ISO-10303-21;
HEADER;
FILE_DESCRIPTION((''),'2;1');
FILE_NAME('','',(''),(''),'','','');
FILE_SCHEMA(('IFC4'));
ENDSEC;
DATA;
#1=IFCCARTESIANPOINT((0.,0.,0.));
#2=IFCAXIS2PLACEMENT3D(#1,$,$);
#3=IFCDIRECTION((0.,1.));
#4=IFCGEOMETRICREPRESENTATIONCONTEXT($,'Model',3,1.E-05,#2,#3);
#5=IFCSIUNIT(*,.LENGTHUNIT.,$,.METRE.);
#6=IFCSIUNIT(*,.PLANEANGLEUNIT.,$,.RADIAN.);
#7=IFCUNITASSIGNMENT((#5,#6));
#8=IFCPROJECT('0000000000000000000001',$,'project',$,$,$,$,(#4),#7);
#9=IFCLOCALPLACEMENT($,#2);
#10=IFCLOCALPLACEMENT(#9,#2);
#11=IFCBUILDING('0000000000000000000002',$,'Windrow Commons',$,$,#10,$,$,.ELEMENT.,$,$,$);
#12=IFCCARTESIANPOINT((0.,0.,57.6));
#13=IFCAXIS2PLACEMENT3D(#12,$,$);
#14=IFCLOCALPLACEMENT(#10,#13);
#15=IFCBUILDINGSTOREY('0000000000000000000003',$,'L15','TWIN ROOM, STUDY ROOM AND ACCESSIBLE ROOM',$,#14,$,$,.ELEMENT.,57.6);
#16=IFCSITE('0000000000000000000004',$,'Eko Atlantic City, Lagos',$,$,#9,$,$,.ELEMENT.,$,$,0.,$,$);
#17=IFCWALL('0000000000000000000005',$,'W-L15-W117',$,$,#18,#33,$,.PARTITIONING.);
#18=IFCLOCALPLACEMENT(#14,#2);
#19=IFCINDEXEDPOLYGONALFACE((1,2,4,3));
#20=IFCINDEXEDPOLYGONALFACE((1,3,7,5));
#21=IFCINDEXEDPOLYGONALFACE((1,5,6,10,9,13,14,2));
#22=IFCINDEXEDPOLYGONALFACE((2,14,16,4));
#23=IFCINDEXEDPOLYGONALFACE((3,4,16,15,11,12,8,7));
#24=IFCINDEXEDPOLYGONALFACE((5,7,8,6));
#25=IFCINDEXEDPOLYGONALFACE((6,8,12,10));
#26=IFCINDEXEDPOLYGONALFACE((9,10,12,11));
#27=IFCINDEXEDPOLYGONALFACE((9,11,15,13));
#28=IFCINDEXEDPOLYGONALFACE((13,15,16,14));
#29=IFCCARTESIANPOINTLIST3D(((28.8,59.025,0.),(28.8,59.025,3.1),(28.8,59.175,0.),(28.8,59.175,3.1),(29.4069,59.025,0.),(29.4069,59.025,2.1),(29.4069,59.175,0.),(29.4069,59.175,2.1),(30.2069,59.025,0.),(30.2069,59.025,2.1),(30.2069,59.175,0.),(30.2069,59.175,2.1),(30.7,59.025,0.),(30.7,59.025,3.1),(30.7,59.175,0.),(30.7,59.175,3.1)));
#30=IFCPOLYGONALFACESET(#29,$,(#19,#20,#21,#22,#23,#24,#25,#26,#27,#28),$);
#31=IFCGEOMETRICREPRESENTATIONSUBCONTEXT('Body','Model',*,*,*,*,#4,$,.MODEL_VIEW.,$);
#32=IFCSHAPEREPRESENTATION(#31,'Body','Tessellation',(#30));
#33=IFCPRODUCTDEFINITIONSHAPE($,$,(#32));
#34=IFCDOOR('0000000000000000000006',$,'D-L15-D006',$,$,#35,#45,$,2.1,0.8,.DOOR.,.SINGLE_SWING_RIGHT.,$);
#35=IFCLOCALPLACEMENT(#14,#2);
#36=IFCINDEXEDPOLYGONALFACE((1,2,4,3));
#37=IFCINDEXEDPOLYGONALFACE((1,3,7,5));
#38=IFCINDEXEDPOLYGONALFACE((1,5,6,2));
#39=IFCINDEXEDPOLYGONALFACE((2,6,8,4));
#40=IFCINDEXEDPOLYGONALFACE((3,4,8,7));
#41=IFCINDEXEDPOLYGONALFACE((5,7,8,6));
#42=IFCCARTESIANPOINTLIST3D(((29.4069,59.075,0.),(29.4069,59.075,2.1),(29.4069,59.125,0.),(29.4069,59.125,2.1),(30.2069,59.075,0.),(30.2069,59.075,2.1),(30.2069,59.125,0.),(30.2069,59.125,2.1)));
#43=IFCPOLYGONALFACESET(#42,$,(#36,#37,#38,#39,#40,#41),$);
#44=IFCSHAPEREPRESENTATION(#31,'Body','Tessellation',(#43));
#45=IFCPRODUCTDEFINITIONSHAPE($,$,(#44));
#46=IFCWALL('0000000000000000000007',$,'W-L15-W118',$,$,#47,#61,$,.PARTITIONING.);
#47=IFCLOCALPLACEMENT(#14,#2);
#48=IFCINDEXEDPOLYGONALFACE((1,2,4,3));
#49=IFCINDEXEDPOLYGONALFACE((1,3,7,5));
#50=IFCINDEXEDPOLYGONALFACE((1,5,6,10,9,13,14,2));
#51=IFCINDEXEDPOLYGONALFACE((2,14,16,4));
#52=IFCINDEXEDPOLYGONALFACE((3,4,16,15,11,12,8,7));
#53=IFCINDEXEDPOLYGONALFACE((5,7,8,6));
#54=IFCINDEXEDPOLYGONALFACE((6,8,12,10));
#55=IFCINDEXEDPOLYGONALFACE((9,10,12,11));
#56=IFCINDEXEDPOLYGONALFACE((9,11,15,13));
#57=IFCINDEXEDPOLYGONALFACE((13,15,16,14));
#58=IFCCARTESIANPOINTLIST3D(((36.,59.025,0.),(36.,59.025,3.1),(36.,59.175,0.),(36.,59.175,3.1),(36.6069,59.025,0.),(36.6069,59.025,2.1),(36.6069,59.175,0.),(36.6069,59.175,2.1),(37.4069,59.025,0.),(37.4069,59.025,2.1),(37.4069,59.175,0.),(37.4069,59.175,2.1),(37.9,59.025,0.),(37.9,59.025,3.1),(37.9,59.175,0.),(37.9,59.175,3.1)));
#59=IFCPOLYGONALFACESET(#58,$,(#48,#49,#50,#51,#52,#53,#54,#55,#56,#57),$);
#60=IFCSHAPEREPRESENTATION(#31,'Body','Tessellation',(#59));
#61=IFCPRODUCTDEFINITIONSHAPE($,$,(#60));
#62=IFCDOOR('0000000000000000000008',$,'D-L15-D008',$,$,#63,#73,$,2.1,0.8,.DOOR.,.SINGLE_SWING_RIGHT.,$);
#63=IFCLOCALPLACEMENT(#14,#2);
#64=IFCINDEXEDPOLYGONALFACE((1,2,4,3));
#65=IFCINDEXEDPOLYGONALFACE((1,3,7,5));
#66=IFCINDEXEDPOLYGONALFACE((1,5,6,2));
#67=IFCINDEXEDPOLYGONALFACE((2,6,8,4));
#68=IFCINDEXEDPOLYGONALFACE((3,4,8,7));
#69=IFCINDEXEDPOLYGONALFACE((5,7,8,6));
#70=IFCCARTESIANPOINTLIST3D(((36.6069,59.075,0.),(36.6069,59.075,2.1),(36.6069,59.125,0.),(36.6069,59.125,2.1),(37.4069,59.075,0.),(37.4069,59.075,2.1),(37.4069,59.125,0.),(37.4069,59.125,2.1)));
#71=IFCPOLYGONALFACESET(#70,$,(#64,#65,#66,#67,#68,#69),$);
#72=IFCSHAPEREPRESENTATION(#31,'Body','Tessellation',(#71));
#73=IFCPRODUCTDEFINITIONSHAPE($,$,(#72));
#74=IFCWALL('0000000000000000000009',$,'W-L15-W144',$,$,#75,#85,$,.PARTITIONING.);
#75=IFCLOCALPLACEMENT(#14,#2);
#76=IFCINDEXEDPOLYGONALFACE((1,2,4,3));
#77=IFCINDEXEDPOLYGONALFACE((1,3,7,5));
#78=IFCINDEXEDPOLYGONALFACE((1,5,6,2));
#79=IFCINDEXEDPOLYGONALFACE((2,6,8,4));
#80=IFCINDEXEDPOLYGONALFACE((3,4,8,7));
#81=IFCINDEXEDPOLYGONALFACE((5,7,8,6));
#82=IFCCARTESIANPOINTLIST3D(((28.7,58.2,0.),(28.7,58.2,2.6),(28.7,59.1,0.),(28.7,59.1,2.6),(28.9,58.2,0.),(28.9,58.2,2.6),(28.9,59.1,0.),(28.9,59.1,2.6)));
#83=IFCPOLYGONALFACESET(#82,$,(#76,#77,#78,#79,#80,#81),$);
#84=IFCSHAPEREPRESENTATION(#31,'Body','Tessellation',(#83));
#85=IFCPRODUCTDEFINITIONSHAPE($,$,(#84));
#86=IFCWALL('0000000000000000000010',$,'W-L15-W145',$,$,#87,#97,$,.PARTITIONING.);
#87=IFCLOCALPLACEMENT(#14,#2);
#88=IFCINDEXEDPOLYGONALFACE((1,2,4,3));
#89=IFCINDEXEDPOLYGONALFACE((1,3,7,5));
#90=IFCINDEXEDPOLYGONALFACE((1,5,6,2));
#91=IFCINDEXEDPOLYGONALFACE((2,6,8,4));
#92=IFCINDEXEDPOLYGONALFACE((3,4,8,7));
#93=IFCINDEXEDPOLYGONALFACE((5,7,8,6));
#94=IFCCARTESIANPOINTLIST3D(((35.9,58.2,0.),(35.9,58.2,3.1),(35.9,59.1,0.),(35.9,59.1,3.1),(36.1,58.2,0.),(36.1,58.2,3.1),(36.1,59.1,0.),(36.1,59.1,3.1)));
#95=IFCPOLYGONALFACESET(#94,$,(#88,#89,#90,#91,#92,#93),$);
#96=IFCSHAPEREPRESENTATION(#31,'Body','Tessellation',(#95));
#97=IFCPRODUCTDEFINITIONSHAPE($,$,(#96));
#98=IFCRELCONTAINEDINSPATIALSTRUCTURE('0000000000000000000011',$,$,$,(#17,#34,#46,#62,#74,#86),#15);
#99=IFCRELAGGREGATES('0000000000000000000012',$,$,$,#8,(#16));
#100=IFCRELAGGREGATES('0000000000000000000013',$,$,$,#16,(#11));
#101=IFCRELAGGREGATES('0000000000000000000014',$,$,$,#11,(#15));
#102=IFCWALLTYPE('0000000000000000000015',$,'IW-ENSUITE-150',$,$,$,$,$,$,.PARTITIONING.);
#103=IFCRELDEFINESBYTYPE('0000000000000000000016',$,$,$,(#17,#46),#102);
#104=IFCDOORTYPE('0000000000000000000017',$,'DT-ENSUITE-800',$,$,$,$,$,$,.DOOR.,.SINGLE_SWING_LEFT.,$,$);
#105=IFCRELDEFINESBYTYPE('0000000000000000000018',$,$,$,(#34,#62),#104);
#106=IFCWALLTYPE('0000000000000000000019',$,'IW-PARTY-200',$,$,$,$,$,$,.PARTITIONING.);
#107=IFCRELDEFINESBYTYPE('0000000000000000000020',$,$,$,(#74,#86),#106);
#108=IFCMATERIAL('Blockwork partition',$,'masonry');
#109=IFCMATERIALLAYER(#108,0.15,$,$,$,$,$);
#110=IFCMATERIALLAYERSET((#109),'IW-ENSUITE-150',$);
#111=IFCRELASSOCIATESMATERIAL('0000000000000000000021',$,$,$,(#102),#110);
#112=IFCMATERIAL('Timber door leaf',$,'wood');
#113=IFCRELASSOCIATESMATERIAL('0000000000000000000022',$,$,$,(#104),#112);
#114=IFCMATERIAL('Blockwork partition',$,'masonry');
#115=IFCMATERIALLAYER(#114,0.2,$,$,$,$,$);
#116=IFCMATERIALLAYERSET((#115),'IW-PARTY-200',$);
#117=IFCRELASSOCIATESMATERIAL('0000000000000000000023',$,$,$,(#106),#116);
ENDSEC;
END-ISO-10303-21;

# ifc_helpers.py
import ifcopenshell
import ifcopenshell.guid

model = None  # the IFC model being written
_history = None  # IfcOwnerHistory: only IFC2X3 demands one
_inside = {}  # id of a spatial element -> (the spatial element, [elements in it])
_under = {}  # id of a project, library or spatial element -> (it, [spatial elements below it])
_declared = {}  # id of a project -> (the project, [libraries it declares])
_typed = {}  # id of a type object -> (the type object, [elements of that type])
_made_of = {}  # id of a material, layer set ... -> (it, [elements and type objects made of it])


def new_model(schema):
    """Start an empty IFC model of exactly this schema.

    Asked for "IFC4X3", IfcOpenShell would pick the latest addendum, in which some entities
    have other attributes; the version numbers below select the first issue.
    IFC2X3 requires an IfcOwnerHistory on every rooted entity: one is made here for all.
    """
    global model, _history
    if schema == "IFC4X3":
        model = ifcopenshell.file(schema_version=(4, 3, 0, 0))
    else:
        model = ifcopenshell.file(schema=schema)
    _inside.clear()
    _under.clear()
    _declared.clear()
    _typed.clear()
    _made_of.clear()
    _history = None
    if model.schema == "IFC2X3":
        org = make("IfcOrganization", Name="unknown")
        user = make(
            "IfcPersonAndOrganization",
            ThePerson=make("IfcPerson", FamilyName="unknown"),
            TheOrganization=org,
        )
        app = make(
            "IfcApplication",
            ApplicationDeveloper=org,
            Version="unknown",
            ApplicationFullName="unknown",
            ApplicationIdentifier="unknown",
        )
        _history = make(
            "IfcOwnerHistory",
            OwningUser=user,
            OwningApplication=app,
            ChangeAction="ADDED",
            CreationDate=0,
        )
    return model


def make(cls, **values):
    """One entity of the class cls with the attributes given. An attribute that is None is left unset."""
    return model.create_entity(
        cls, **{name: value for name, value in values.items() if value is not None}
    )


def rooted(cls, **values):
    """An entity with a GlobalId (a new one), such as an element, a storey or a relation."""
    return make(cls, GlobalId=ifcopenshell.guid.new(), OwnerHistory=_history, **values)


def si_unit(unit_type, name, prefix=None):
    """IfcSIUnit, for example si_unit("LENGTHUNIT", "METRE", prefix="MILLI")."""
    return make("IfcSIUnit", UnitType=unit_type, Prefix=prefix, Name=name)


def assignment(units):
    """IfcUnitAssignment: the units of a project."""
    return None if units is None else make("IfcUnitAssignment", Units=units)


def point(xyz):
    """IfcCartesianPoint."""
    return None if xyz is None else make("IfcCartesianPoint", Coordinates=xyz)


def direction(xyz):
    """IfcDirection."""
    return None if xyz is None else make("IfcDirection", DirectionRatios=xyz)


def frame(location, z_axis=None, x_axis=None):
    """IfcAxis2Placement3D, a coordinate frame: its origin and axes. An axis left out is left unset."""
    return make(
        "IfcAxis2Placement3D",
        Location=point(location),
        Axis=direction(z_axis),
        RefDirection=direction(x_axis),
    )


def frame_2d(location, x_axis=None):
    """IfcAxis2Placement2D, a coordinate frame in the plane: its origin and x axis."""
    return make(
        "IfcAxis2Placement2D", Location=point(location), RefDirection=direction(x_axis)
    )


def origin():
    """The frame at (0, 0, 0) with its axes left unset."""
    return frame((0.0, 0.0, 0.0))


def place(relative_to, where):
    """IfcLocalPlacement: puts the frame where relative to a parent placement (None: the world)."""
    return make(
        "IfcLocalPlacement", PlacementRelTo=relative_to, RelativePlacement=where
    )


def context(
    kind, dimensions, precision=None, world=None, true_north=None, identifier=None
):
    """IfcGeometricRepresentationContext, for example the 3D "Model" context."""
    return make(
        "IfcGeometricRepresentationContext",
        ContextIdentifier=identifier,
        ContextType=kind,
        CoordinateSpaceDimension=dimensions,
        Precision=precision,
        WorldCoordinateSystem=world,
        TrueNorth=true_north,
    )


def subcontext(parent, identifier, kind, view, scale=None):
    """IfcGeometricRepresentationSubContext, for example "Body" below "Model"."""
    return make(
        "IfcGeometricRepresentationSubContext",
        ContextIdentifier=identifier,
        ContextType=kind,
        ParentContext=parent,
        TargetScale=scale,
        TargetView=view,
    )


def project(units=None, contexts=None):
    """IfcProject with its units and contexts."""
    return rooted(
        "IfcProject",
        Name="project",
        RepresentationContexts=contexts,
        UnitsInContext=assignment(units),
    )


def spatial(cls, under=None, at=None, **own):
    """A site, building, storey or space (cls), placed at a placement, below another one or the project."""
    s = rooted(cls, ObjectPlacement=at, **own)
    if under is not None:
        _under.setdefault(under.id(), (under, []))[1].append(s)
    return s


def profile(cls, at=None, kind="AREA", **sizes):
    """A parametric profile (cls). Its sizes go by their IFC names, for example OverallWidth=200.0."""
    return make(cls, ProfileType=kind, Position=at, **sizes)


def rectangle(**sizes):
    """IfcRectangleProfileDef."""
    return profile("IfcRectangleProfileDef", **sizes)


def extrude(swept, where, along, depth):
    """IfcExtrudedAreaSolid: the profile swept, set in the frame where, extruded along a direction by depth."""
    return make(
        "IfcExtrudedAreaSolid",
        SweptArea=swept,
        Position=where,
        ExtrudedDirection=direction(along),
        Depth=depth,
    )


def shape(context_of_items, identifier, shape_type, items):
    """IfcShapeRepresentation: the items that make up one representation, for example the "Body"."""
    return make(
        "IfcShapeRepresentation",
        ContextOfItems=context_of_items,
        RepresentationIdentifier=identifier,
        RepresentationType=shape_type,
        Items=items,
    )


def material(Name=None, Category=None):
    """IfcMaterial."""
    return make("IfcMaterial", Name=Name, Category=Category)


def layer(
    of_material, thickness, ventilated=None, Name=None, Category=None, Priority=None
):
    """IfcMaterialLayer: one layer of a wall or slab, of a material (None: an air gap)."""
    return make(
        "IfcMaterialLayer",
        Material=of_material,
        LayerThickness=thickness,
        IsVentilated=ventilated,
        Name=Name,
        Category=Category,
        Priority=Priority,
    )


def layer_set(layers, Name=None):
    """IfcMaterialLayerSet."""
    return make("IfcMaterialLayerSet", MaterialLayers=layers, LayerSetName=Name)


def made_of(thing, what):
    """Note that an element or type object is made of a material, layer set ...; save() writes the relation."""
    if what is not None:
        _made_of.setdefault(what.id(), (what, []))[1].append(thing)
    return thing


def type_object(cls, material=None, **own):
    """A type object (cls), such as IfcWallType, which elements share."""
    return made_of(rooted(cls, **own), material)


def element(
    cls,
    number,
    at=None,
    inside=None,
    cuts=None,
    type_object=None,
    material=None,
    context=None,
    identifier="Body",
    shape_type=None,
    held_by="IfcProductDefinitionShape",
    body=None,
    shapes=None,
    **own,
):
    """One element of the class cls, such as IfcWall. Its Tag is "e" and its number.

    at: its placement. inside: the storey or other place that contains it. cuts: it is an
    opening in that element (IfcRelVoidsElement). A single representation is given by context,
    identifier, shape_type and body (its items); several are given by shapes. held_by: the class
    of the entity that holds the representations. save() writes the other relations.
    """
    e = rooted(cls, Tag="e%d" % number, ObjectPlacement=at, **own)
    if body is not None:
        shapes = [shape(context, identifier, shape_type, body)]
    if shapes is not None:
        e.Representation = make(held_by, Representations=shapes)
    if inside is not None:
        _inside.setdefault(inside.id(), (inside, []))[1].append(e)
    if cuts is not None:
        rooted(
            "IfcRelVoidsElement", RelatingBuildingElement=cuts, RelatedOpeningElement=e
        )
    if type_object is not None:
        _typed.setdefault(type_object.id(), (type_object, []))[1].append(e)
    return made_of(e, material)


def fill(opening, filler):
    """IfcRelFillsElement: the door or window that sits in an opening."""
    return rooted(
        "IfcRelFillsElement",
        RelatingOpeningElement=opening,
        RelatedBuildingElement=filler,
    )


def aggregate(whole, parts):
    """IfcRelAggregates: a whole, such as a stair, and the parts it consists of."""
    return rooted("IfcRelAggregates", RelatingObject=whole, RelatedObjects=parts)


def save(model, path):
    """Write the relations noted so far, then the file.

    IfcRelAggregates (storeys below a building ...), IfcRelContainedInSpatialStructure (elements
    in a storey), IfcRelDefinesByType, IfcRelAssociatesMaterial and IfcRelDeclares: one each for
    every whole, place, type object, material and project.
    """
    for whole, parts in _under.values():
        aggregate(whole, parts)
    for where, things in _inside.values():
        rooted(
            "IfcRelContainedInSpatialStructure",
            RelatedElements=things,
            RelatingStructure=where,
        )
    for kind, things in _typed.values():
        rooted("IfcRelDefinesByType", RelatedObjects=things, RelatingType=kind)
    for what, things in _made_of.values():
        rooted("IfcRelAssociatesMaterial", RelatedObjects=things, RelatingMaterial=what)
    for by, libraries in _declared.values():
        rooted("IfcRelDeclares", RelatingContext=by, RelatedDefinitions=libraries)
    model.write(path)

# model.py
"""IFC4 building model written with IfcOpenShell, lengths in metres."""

from ifc_helpers import new_model, si_unit, direction, frame, frame_2d, origin, place, context, subcontext, project, spatial, rectangle, extrude, material, layer, layer_set, type_object, element, fill, save


model = new_model("IFC4")

# Units and contexts
model_context = context("Model", 3, precision=1e-05, world=origin(), true_north=direction((0.0, 1.0)))
body_context = subcontext(model_context, "Body", "Model", "MODEL_VIEW")
ifc_project = project(units=[si_unit("LENGTHUNIT", "METRE"), si_unit("PLANEANGLEUNIT", "RADIAN")], contexts=[model_context])

# Site, building, storey
site_placement = place(None, origin())
site = spatial("IfcSite", under=ifc_project, at=site_placement, Name="Eko Atlantic City, Lagos", CompositionType="ELEMENT", RefElevation=0.0)
building_placement = place(site_placement, origin())
building = spatial("IfcBuilding", under=site, at=building_placement, Name="Windrow Commons", CompositionType="ELEMENT")
storey_placement = place(building_placement, frame((0.0, 0.0, 57.6)))
storey = spatial("IfcBuildingStorey", under=building, at=storey_placement, Name="L15", Description="TWIN ROOM, STUDY ROOM AND ACCESSIBLE ROOM", CompositionType="ELEMENT", Elevation=57.6)

# Shared definitions
ifc_material_1 = material(Name="Blockwork partition", Category="masonry")
ifc_layer_1 = layer(ifc_material_1, 0.15)
ifc_layer_set_1 = layer_set([ifc_layer_1], Name="IW-ENSUITE-150")
wall_type_1 = type_object("IfcWallType", Name="IW-ENSUITE-150", PredefinedType="PARTITIONING", material=ifc_layer_set_1)

# Walls, openings, doors
wall_1_placement = place(storey_placement, frame((28.8, 59.1, 0.0), z_axis=(0.0, 0.0, 1.0), x_axis=(1.0, 0.0, 0.0)))
wall_1 = element("IfcWall", 1, at=wall_1_placement, inside=storey, type_object=wall_type_1, Name="W-L15-W117", PredefinedType="PARTITIONING", context=body_context, shape_type="SweptSolid", body=[
    extrude(rectangle(XDim=1.9, YDim=0.15, at=frame_2d((0.95, 0.0))), origin(), (0.0, 0.0, 1.0), 3.1),
])
opening_1_placement = place(wall_1_placement, frame((0.6069, 0.0, 0.0)))
opening_1 = element("IfcOpeningElement", 2, at=opening_1_placement, cuts=wall_1, PredefinedType="OPENING", context=body_context, shape_type="SweptSolid", body=[
    extrude(rectangle(XDim=0.8, YDim=2.1, at=frame_2d((0.4, 1.05))), frame((0.0, 0.085, 0.0), z_axis=(0.0, -1.0, 0.0), x_axis=(1.0, 0.0, 0.0)), (0.0, 0.0, 1.0), 0.17),
])
ifc_material_2 = material(Name="Timber door leaf", Category="wood")
door_type_1 = type_object("IfcDoorType", Name="DT-ENSUITE-800", OperationType="SINGLE_SWING_LEFT", PredefinedType="DOOR", material=ifc_material_2)
door_1_placement = place(opening_1_placement, origin())
door_1 = element("IfcDoor", 3, at=door_1_placement, inside=storey, type_object=door_type_1, Name="D-L15-D006", OperationType="SINGLE_SWING_RIGHT", OverallHeight=2.1, OverallWidth=0.8, PredefinedType="DOOR", context=body_context, shape_type="SweptSolid", body=[
    extrude(rectangle(XDim=0.8, YDim=2.1, at=frame_2d((0.4, 1.05))), frame((0.0, 0.025, 0.0), z_axis=(0.0, -1.0, 0.0), x_axis=(1.0, 0.0, 0.0)), (0.0, 0.0, 1.0), 0.05),
])
fill(opening_1, door_1)
wall_2_placement = place(storey_placement, frame((36.0, 59.1, 0.0), z_axis=(0.0, 0.0, 1.0), x_axis=(1.0, 0.0, 0.0)))
wall_2 = element("IfcWall", 4, at=wall_2_placement, inside=storey, type_object=wall_type_1, Name="W-L15-W118", PredefinedType="PARTITIONING", context=body_context, shape_type="SweptSolid", body=[
    extrude(rectangle(XDim=1.9, YDim=0.15, at=frame_2d((0.95, 0.0))), origin(), (0.0, 0.0, 1.0), 3.1),
])
opening_2_placement = place(wall_2_placement, frame((0.6069, 0.0, 0.0)))
opening_2 = element("IfcOpeningElement", 5, at=opening_2_placement, cuts=wall_2, PredefinedType="OPENING", context=body_context, shape_type="SweptSolid", body=[
    extrude(rectangle(XDim=0.8, YDim=2.1, at=frame_2d((0.4, 1.05))), frame((0.0, 0.085, 0.0), z_axis=(0.0, -1.0, 0.0), x_axis=(1.0, 0.0, 0.0)), (0.0, 0.0, 1.0), 0.17),
])
door_2_placement = place(opening_2_placement, origin())
door_2 = element("IfcDoor", 6, at=door_2_placement, inside=storey, type_object=door_type_1, Name="D-L15-D008", OperationType="SINGLE_SWING_RIGHT", OverallHeight=2.1, OverallWidth=0.8, PredefinedType="DOOR", context=body_context, shape_type="SweptSolid", body=[
    extrude(rectangle(XDim=0.8, YDim=2.1, at=frame_2d((0.4, 1.05))), frame((0.0, 0.025, 0.0), z_axis=(0.0, -1.0, 0.0), x_axis=(1.0, 0.0, 0.0)), (0.0, 0.0, 1.0), 0.05),
])
fill(opening_2, door_2)

# Walls
ifc_material_3 = material(Name="Blockwork partition", Category="masonry")
ifc_layer_2 = layer(ifc_material_3, 0.2)
ifc_layer_set_2 = layer_set([ifc_layer_2], Name="IW-PARTY-200")
wall_type_2 = type_object("IfcWallType", Name="IW-PARTY-200", PredefinedType="PARTITIONING", material=ifc_layer_set_2)
wall_3_placement = place(storey_placement, frame((28.8, 58.2, 0.0), z_axis=(0.0, 0.0, 1.0), x_axis=(0.0, 1.0, 0.0)))
element("IfcWall", 7, at=wall_3_placement, inside=storey, type_object=wall_type_2, Name="W-L15-W144", PredefinedType="PARTITIONING", context=body_context, shape_type="SweptSolid", body=[
    extrude(rectangle(XDim=0.9, YDim=0.2, at=frame_2d((0.45, 0.0))), origin(), (0.0, 0.0, 1.0), 2.6),
])
wall_4_placement = place(storey_placement, frame((36.0, 58.2, 0.0), z_axis=(0.0, 0.0, 1.0), x_axis=(0.0, 1.0, 0.0)))
element("IfcWall", 8, at=wall_4_placement, inside=storey, type_object=wall_type_2, Name="W-L15-W145", PredefinedType="PARTITIONING", context=body_context, shape_type="SweptSolid", body=[
    extrude(rectangle(XDim=0.9, YDim=0.2, at=frame_2d((0.45, 0.0))), origin(), (0.0, 0.0, 1.0), 3.1),
])

save(model, "model.ifc")
